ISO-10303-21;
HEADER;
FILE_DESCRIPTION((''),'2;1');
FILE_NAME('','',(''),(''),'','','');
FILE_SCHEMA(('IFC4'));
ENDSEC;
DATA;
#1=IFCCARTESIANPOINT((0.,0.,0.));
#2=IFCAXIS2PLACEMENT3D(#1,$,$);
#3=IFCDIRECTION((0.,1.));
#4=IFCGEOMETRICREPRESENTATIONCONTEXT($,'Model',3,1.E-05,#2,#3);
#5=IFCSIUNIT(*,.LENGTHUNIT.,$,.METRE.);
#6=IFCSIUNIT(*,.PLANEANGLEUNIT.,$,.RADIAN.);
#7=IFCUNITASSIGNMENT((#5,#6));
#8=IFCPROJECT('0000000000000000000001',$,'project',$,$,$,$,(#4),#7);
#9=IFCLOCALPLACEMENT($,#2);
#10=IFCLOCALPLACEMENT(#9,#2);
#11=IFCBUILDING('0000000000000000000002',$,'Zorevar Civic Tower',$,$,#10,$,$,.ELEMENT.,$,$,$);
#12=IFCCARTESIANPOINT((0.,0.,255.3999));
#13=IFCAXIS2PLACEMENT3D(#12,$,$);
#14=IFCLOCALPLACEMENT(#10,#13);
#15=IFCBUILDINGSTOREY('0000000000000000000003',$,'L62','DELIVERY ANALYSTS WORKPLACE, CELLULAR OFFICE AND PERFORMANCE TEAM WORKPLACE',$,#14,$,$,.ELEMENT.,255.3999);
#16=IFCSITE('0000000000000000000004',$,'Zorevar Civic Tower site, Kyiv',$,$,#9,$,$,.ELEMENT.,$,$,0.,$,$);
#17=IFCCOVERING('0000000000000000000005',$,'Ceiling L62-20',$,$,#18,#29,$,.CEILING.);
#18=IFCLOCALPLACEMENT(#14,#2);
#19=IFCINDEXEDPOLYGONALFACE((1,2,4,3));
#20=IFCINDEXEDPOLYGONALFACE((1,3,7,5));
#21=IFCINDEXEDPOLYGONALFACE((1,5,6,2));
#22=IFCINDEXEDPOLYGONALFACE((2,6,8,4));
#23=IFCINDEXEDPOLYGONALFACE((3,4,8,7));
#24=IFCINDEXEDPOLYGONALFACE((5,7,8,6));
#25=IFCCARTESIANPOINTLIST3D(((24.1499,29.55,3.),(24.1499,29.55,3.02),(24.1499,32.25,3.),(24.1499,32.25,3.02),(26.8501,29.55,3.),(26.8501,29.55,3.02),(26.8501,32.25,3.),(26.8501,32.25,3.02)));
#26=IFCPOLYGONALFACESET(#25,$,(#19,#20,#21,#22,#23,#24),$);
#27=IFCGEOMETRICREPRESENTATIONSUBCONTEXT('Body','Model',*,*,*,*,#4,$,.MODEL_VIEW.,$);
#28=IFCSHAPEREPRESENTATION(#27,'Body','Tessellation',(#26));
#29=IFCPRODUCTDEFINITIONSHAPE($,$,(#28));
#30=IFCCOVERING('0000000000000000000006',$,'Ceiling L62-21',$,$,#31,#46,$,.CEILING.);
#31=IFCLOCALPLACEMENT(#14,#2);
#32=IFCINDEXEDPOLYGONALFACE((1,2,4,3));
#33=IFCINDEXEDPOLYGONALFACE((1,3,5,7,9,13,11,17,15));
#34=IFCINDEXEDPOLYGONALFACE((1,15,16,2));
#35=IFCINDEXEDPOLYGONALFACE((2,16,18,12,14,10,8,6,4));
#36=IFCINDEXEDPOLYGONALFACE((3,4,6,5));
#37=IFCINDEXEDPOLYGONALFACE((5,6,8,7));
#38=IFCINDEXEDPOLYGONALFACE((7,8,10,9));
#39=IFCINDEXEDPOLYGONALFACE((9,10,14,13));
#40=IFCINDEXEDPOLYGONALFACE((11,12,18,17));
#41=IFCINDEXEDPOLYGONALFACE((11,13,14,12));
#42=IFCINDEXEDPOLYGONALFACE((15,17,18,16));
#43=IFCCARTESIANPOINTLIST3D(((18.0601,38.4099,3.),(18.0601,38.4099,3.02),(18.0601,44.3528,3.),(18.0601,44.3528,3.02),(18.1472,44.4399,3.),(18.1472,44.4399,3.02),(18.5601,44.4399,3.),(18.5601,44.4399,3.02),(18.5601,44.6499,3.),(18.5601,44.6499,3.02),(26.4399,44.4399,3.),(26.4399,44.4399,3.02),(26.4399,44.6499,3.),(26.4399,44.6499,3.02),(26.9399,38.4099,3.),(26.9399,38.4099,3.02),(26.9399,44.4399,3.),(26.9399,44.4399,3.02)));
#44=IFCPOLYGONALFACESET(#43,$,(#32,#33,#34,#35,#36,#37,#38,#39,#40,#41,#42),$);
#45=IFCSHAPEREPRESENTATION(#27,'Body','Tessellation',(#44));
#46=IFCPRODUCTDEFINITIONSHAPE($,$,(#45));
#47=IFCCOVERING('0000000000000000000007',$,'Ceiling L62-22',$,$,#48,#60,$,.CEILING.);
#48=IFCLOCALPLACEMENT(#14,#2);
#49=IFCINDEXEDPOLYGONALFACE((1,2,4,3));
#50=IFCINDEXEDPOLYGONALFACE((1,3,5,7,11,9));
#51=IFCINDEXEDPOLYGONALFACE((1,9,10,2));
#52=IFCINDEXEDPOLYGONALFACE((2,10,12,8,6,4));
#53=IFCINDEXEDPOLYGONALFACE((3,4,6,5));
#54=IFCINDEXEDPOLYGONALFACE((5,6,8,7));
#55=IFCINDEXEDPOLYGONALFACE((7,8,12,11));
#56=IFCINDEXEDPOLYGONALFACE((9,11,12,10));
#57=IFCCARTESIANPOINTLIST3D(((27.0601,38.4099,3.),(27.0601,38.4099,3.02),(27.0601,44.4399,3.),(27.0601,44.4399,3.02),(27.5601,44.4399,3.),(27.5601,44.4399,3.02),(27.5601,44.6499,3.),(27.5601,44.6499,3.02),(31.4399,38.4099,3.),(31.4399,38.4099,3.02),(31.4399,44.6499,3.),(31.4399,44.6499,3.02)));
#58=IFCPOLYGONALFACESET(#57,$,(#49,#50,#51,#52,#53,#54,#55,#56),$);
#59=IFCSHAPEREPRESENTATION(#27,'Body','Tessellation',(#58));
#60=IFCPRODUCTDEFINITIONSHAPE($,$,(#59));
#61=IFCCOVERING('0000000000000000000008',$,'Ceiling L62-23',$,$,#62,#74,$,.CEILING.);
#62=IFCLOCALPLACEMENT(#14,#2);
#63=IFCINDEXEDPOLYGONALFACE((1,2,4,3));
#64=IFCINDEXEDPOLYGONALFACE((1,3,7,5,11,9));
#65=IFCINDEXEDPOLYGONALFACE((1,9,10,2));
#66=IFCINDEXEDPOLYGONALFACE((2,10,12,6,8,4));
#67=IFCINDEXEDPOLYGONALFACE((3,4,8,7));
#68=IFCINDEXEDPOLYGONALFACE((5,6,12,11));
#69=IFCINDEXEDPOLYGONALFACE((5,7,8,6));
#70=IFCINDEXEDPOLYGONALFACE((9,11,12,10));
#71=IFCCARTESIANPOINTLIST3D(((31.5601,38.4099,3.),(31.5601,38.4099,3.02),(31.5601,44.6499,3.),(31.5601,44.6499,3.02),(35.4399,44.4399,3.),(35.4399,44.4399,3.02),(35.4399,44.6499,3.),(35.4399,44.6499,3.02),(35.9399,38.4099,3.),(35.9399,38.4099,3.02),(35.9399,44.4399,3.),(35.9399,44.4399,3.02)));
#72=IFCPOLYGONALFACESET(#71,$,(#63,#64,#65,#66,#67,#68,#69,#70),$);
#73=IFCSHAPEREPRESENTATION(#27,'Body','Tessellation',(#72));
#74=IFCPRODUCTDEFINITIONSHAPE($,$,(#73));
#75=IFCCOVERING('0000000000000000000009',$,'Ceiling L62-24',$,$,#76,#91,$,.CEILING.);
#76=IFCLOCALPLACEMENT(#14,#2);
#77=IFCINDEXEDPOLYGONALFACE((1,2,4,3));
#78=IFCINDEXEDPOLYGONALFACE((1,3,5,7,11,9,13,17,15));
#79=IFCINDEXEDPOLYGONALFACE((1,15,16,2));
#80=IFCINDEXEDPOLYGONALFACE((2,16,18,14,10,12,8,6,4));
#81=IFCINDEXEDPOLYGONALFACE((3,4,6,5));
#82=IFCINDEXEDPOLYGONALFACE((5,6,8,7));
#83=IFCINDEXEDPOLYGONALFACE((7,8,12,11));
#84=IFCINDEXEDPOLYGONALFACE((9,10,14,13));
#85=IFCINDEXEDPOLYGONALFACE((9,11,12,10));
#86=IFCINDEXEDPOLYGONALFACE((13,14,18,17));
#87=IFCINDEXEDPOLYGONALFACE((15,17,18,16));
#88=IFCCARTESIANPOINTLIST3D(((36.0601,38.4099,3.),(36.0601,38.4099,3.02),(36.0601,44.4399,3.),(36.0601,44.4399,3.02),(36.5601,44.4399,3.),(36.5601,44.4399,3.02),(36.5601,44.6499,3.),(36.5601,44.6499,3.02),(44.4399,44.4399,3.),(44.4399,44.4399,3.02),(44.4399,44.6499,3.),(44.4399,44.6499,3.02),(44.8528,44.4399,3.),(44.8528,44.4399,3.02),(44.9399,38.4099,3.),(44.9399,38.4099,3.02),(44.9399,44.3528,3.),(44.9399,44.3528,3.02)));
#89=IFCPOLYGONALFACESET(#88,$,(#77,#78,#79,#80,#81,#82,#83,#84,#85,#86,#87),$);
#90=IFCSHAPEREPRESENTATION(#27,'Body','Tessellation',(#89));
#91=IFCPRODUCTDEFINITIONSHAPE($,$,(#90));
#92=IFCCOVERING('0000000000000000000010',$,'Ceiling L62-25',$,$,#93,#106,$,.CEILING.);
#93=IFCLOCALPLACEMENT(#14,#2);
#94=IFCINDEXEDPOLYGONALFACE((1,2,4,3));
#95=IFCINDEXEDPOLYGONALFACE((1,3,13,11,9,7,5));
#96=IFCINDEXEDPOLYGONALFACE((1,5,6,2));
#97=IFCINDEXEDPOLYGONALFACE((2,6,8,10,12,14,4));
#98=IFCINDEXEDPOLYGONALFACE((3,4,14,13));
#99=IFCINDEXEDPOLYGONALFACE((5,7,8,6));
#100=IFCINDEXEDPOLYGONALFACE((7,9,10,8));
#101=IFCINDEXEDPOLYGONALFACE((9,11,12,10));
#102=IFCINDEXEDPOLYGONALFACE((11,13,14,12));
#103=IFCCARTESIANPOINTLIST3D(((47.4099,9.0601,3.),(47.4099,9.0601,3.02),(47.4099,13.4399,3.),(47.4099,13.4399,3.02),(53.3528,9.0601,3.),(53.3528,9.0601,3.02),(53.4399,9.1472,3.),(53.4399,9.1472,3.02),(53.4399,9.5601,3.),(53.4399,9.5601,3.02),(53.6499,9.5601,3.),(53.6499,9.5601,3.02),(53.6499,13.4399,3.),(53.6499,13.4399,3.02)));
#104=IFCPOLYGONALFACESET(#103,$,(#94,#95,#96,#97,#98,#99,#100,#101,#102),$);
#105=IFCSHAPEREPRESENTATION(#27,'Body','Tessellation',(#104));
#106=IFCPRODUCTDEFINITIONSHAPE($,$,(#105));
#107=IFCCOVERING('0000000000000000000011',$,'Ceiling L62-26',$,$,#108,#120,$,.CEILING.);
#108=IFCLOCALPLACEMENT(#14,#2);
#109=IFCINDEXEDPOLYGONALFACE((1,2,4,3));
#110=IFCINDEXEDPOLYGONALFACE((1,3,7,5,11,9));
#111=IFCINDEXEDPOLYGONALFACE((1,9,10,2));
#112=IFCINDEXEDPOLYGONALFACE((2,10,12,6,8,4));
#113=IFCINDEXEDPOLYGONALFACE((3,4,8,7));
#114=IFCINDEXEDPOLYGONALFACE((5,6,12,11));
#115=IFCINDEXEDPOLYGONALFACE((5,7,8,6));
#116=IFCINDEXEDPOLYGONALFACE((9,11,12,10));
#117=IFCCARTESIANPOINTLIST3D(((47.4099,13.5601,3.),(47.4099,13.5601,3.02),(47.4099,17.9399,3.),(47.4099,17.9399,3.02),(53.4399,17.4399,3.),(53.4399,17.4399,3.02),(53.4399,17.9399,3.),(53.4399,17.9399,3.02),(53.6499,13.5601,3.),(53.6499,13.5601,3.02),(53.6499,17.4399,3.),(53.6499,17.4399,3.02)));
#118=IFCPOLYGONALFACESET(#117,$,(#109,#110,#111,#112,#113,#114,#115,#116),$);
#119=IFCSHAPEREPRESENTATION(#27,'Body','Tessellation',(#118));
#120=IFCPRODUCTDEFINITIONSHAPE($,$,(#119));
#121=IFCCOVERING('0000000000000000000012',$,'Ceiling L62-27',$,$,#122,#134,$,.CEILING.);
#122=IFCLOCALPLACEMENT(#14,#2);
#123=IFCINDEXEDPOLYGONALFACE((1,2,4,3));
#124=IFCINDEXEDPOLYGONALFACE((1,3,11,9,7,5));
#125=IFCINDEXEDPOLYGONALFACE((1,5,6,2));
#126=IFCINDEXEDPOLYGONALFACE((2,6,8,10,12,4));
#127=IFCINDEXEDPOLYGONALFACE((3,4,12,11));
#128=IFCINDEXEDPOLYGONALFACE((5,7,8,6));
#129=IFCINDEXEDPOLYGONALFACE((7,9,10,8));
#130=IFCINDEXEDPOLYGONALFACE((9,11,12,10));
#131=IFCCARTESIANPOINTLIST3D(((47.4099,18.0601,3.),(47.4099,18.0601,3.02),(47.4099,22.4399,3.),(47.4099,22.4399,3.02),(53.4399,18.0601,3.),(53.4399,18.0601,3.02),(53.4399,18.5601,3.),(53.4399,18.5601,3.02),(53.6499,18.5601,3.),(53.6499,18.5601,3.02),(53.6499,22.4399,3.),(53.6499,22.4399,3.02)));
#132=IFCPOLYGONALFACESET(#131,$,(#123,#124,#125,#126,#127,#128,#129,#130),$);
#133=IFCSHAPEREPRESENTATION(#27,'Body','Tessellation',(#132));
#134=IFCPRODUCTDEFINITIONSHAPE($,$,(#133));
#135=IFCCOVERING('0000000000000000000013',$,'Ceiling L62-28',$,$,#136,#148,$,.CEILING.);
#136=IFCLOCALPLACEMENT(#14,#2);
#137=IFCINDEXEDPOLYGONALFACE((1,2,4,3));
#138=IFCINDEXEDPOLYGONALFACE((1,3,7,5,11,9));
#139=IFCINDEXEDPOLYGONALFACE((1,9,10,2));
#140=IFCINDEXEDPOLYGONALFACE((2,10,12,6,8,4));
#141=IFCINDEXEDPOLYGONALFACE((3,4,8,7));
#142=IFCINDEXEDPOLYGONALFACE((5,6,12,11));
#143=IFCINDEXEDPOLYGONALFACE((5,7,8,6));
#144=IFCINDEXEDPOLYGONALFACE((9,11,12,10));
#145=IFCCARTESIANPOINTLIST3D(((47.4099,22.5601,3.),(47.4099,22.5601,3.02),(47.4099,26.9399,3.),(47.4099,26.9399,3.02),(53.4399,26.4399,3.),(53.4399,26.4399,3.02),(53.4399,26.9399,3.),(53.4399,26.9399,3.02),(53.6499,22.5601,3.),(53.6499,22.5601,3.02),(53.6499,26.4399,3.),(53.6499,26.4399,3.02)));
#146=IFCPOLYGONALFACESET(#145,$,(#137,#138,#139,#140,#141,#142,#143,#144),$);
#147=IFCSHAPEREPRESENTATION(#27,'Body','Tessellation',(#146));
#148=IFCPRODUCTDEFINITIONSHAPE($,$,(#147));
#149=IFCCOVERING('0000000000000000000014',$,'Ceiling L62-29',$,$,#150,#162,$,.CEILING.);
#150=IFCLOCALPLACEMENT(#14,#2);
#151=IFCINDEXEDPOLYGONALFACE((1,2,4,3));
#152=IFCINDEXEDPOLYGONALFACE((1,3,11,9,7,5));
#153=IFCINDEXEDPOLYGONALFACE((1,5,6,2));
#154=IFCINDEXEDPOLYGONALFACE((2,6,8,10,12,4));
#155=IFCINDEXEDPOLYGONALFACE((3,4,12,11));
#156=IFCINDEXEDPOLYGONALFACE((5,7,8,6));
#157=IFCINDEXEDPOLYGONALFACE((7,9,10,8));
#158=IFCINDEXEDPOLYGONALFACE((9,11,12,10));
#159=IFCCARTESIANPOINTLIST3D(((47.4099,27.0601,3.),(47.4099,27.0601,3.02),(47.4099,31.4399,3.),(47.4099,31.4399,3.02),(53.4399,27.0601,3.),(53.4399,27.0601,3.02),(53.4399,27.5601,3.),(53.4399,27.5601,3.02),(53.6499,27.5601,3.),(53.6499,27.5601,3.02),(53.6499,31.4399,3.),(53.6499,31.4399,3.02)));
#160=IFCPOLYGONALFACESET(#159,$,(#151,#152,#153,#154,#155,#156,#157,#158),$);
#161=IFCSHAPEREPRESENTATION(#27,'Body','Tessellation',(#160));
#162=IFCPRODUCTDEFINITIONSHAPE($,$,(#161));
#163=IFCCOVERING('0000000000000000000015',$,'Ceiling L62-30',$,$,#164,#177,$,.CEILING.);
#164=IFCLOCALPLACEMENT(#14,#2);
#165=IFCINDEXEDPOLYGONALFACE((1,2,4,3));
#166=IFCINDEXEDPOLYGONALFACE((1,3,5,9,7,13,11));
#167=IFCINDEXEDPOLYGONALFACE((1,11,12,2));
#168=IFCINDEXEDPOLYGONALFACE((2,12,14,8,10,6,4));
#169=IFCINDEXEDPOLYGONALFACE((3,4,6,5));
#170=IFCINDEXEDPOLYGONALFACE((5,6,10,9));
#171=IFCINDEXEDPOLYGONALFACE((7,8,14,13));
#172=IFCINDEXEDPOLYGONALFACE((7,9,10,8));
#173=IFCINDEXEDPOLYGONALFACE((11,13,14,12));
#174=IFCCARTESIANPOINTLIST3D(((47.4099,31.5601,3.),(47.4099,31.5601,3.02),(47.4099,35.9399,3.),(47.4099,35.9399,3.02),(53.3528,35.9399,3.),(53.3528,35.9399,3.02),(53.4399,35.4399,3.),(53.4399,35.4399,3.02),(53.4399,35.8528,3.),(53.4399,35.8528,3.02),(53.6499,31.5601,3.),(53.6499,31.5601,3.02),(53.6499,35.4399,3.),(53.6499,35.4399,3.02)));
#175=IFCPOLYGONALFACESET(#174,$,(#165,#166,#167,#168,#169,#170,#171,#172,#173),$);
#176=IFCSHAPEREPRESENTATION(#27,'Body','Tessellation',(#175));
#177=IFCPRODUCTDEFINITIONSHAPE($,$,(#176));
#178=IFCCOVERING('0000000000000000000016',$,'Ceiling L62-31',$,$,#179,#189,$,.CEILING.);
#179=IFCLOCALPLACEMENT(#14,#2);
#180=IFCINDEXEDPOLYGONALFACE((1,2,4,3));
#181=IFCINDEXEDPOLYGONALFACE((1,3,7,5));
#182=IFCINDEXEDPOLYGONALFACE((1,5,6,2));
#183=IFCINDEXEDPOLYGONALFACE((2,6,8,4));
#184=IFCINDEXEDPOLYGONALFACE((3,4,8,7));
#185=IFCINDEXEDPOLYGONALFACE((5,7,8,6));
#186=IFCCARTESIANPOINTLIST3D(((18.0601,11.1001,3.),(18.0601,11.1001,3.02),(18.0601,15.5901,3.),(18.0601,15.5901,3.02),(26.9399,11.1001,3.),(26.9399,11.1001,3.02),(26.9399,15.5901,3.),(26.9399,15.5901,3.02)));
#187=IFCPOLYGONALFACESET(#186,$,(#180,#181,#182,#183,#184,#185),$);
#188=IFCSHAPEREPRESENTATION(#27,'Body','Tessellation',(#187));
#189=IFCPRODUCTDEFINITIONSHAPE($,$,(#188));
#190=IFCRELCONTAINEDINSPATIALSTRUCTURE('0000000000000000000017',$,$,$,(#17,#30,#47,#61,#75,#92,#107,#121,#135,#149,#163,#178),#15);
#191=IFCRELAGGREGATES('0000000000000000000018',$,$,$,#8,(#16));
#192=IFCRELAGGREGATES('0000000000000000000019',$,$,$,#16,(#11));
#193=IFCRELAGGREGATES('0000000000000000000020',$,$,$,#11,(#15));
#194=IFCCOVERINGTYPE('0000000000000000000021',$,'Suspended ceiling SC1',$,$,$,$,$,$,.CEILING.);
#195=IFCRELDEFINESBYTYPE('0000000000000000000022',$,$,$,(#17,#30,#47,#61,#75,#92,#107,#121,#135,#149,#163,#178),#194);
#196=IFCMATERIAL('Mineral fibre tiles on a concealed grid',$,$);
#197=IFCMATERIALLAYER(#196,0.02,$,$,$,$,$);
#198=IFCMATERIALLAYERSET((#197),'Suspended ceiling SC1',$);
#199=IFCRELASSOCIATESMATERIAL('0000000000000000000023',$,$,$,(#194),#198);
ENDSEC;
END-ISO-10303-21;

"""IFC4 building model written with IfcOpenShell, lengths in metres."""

from ifc_helpers import new_model, si_unit, direction, frame, origin, place, context, subcontext, project, spatial, polyline, outline, extrude, material, layer, layer_set, type_object, element, save


model = new_model("IFC4")

# Units and contexts
model_context = context("Model", 3, precision=1e-05, world=origin(), true_north=direction((0.0, 1.0)))
body_context = subcontext(model_context, "Body", "Model", "MODEL_VIEW")
ifc_project = project(units=[si_unit("LENGTHUNIT", "METRE"), si_unit("PLANEANGLEUNIT", "RADIAN")], contexts=[model_context])

# Site, building, storey
site_placement = place(None, origin())
site = spatial("IfcSite", under=ifc_project, at=site_placement, Name="Zorevar Civic Tower site, Kyiv", CompositionType="ELEMENT", RefElevation=0.0)
building_placement = place(site_placement, origin())
building = spatial("IfcBuilding", under=site, at=building_placement, Name="Zorevar Civic Tower", CompositionType="ELEMENT")
storey_placement = place(building_placement, frame((0.0, 0.0, 255.3999)))
storey = spatial("IfcBuildingStorey", under=building, at=storey_placement, Name="L62", Description="DELIVERY ANALYSTS WORKPLACE, CELLULAR OFFICE AND PERFORMANCE TEAM WORKPLACE", CompositionType="ELEMENT", Elevation=255.3999)

# Coverings
ifc_material_1 = material(Name="Mineral fibre tiles on a concealed grid")
ifc_layer_1 = layer(ifc_material_1, 0.02)
ifc_layer_set_1 = layer_set([ifc_layer_1], Name="Suspended ceiling SC1")
covering_type_1 = type_object("IfcCoveringType", Name="Suspended ceiling SC1", PredefinedType="CEILING", material=ifc_layer_set_1)
covering_1_placement = place(storey_placement, frame((0.0, 0.0, 3.0)))
element("IfcCovering", 1, at=covering_1_placement, inside=storey, type_object=covering_type_1, Name="Ceiling L62-20", PredefinedType="CEILING", context=body_context, shape_type="SweptSolid", body=[
    extrude(outline(polyline([(26.8501, 29.55), (26.8501, 32.25), (24.1499, 32.25), (24.1499, 29.55), (26.8501, 29.55)])), origin(), (0.0, 0.0, 1.0), 0.02),
])
covering_2_placement = place(storey_placement, frame((0.0, 0.0, 3.0)))
element("IfcCovering", 2, at=covering_2_placement, inside=storey, type_object=covering_type_1, Name="Ceiling L62-21", PredefinedType="CEILING", context=body_context, shape_type="SweptSolid", body=[
    extrude(outline(polyline([(18.5601, 44.6499), (26.4399, 44.6499), (26.4399, 44.4399), (26.9399, 44.4399), (26.9399, 38.4099), (18.0601, 38.4099), (18.0601, 44.3528), (18.1472, 44.4399), (18.5601, 44.4399), (18.5601, 44.6499)])), origin(), (0.0, 0.0, 1.0), 0.02),
])
covering_3_placement = place(storey_placement, frame((0.0, 0.0, 3.0)))
element("IfcCovering", 3, at=covering_3_placement, inside=storey, type_object=covering_type_1, Name="Ceiling L62-22", PredefinedType="CEILING", context=body_context, shape_type="SweptSolid", body=[
    extrude(outline(polyline([(27.0601, 38.4099), (27.0601, 44.4399), (27.5601, 44.4399), (27.5601, 44.6499), (31.4399, 44.6499), (31.4399, 38.4099), (27.0601, 38.4099)])), origin(), (0.0, 0.0, 1.0), 0.02),
])
covering_4_placement = place(storey_placement, frame((0.0, 0.0, 3.0)))
element("IfcCovering", 4, at=covering_4_placement, inside=storey, type_object=covering_type_1, Name="Ceiling L62-23", PredefinedType="CEILING", context=body_context, shape_type="SweptSolid", body=[
    extrude(outline(polyline([(31.5601, 38.4099), (31.5601, 44.6499), (35.4399, 44.6499), (35.4399, 44.4399), (35.9399, 44.4399), (35.9399, 38.4099), (31.5601, 38.4099)])), origin(), (0.0, 0.0, 1.0), 0.02),
])
covering_5_placement = place(storey_placement, frame((0.0, 0.0, 3.0)))
element("IfcCovering", 5, at=covering_5_placement, inside=storey, type_object=covering_type_1, Name="Ceiling L62-24", PredefinedType="CEILING", context=body_context, shape_type="SweptSolid", body=[
    extrude(outline(polyline([(36.5601, 44.6499), (44.4399, 44.6499), (44.4399, 44.4399), (44.8528, 44.4399), (44.9399, 44.3528), (44.9399, 38.4099), (36.0601, 38.4099), (36.0601, 44.4399), (36.5601, 44.4399), (36.5601, 44.6499)])), origin(), (0.0, 0.0, 1.0), 0.02),
])
covering_6_placement = place(storey_placement, frame((0.0, 0.0, 3.0)))
element("IfcCovering", 6, at=covering_6_placement, inside=storey, type_object=covering_type_1, Name="Ceiling L62-25", PredefinedType="CEILING", context=body_context, shape_type="SweptSolid", body=[
    extrude(outline(polyline([(53.6499, 13.4399), (53.6499, 9.5601), (53.4399, 9.5601), (53.4399, 9.1472), (53.3528, 9.0601), (47.4099, 9.0601), (47.4099, 13.4399), (53.6499, 13.4399)])), origin(), (0.0, 0.0, 1.0), 0.02),
])
covering_7_placement = place(storey_placement, frame((0.0, 0.0, 3.0)))
element("IfcCovering", 7, at=covering_7_placement, inside=storey, type_object=covering_type_1, Name="Ceiling L62-26", PredefinedType="CEILING", context=body_context, shape_type="SweptSolid", body=[
    extrude(outline(polyline([(47.4099, 17.9399), (53.4399, 17.9399), (53.4399, 17.4399), (53.6499, 17.4399), (53.6499, 13.5601), (47.4099, 13.5601), (47.4099, 17.9399)])), origin(), (0.0, 0.0, 1.0), 0.02),
])
covering_8_placement = place(storey_placement, frame((0.0, 0.0, 3.0)))
element("IfcCovering", 8, at=covering_8_placement, inside=storey, type_object=covering_type_1, Name="Ceiling L62-27", PredefinedType="CEILING", context=body_context, shape_type="SweptSolid", body=[
    extrude(outline(polyline([(47.4099, 22.4399), (53.6499, 22.4399), (53.6499, 18.5601), (53.4399, 18.5601), (53.4399, 18.0601), (47.4099, 18.0601), (47.4099, 22.4399)])), origin(), (0.0, 0.0, 1.0), 0.02),
])
covering_9_placement = place(storey_placement, frame((0.0, 0.0, 3.0)))
element("IfcCovering", 9, at=covering_9_placement, inside=storey, type_object=covering_type_1, Name="Ceiling L62-28", PredefinedType="CEILING", context=body_context, shape_type="SweptSolid", body=[
    extrude(outline(polyline([(47.4099, 26.9399), (53.4399, 26.9399), (53.4399, 26.4399), (53.6499, 26.4399), (53.6499, 22.5601), (47.4099, 22.5601), (47.4099, 26.9399)])), origin(), (0.0, 0.0, 1.0), 0.02),
])
covering_10_placement = place(storey_placement, frame((0.0, 0.0, 3.0)))
element("IfcCovering", 10, at=covering_10_placement, inside=storey, type_object=covering_type_1, Name="Ceiling L62-29", PredefinedType="CEILING", context=body_context, shape_type="SweptSolid", body=[
    extrude(outline(polyline([(47.4099, 31.4399), (53.6499, 31.4399), (53.6499, 27.5601), (53.4399, 27.5601), (53.4399, 27.0601), (47.4099, 27.0601), (47.4099, 31.4399)])), origin(), (0.0, 0.0, 1.0), 0.02),
])
covering_11_placement = place(storey_placement, frame((0.0, 0.0, 3.0)))
element("IfcCovering", 11, at=covering_11_placement, inside=storey, type_object=covering_type_1, Name="Ceiling L62-30", PredefinedType="CEILING", context=body_context, shape_type="SweptSolid", body=[
    extrude(outline(polyline([(53.3528, 35.9399), (53.4399, 35.8528), (53.4399, 35.4399), (53.6499, 35.4399), (53.6499, 31.5601), (47.4099, 31.5601), (47.4099, 35.9399), (53.3528, 35.9399)])), origin(), (0.0, 0.0, 1.0), 0.02),
])
covering_12_placement = place(storey_placement, frame((0.0, 0.0, 3.0)))
element("IfcCovering", 12, at=covering_12_placement, inside=storey, type_object=covering_type_1, Name="Ceiling L62-31", PredefinedType="CEILING", context=body_context, shape_type="SweptSolid", body=[
    extrude(outline(polyline([(26.9399, 11.1001), (18.0601, 11.1001), (18.0601, 15.5901), (26.9399, 15.5901), (26.9399, 11.1001)])), origin(), (0.0, 0.0, 1.0), 0.02),
])

save(model, "model.ifc")
